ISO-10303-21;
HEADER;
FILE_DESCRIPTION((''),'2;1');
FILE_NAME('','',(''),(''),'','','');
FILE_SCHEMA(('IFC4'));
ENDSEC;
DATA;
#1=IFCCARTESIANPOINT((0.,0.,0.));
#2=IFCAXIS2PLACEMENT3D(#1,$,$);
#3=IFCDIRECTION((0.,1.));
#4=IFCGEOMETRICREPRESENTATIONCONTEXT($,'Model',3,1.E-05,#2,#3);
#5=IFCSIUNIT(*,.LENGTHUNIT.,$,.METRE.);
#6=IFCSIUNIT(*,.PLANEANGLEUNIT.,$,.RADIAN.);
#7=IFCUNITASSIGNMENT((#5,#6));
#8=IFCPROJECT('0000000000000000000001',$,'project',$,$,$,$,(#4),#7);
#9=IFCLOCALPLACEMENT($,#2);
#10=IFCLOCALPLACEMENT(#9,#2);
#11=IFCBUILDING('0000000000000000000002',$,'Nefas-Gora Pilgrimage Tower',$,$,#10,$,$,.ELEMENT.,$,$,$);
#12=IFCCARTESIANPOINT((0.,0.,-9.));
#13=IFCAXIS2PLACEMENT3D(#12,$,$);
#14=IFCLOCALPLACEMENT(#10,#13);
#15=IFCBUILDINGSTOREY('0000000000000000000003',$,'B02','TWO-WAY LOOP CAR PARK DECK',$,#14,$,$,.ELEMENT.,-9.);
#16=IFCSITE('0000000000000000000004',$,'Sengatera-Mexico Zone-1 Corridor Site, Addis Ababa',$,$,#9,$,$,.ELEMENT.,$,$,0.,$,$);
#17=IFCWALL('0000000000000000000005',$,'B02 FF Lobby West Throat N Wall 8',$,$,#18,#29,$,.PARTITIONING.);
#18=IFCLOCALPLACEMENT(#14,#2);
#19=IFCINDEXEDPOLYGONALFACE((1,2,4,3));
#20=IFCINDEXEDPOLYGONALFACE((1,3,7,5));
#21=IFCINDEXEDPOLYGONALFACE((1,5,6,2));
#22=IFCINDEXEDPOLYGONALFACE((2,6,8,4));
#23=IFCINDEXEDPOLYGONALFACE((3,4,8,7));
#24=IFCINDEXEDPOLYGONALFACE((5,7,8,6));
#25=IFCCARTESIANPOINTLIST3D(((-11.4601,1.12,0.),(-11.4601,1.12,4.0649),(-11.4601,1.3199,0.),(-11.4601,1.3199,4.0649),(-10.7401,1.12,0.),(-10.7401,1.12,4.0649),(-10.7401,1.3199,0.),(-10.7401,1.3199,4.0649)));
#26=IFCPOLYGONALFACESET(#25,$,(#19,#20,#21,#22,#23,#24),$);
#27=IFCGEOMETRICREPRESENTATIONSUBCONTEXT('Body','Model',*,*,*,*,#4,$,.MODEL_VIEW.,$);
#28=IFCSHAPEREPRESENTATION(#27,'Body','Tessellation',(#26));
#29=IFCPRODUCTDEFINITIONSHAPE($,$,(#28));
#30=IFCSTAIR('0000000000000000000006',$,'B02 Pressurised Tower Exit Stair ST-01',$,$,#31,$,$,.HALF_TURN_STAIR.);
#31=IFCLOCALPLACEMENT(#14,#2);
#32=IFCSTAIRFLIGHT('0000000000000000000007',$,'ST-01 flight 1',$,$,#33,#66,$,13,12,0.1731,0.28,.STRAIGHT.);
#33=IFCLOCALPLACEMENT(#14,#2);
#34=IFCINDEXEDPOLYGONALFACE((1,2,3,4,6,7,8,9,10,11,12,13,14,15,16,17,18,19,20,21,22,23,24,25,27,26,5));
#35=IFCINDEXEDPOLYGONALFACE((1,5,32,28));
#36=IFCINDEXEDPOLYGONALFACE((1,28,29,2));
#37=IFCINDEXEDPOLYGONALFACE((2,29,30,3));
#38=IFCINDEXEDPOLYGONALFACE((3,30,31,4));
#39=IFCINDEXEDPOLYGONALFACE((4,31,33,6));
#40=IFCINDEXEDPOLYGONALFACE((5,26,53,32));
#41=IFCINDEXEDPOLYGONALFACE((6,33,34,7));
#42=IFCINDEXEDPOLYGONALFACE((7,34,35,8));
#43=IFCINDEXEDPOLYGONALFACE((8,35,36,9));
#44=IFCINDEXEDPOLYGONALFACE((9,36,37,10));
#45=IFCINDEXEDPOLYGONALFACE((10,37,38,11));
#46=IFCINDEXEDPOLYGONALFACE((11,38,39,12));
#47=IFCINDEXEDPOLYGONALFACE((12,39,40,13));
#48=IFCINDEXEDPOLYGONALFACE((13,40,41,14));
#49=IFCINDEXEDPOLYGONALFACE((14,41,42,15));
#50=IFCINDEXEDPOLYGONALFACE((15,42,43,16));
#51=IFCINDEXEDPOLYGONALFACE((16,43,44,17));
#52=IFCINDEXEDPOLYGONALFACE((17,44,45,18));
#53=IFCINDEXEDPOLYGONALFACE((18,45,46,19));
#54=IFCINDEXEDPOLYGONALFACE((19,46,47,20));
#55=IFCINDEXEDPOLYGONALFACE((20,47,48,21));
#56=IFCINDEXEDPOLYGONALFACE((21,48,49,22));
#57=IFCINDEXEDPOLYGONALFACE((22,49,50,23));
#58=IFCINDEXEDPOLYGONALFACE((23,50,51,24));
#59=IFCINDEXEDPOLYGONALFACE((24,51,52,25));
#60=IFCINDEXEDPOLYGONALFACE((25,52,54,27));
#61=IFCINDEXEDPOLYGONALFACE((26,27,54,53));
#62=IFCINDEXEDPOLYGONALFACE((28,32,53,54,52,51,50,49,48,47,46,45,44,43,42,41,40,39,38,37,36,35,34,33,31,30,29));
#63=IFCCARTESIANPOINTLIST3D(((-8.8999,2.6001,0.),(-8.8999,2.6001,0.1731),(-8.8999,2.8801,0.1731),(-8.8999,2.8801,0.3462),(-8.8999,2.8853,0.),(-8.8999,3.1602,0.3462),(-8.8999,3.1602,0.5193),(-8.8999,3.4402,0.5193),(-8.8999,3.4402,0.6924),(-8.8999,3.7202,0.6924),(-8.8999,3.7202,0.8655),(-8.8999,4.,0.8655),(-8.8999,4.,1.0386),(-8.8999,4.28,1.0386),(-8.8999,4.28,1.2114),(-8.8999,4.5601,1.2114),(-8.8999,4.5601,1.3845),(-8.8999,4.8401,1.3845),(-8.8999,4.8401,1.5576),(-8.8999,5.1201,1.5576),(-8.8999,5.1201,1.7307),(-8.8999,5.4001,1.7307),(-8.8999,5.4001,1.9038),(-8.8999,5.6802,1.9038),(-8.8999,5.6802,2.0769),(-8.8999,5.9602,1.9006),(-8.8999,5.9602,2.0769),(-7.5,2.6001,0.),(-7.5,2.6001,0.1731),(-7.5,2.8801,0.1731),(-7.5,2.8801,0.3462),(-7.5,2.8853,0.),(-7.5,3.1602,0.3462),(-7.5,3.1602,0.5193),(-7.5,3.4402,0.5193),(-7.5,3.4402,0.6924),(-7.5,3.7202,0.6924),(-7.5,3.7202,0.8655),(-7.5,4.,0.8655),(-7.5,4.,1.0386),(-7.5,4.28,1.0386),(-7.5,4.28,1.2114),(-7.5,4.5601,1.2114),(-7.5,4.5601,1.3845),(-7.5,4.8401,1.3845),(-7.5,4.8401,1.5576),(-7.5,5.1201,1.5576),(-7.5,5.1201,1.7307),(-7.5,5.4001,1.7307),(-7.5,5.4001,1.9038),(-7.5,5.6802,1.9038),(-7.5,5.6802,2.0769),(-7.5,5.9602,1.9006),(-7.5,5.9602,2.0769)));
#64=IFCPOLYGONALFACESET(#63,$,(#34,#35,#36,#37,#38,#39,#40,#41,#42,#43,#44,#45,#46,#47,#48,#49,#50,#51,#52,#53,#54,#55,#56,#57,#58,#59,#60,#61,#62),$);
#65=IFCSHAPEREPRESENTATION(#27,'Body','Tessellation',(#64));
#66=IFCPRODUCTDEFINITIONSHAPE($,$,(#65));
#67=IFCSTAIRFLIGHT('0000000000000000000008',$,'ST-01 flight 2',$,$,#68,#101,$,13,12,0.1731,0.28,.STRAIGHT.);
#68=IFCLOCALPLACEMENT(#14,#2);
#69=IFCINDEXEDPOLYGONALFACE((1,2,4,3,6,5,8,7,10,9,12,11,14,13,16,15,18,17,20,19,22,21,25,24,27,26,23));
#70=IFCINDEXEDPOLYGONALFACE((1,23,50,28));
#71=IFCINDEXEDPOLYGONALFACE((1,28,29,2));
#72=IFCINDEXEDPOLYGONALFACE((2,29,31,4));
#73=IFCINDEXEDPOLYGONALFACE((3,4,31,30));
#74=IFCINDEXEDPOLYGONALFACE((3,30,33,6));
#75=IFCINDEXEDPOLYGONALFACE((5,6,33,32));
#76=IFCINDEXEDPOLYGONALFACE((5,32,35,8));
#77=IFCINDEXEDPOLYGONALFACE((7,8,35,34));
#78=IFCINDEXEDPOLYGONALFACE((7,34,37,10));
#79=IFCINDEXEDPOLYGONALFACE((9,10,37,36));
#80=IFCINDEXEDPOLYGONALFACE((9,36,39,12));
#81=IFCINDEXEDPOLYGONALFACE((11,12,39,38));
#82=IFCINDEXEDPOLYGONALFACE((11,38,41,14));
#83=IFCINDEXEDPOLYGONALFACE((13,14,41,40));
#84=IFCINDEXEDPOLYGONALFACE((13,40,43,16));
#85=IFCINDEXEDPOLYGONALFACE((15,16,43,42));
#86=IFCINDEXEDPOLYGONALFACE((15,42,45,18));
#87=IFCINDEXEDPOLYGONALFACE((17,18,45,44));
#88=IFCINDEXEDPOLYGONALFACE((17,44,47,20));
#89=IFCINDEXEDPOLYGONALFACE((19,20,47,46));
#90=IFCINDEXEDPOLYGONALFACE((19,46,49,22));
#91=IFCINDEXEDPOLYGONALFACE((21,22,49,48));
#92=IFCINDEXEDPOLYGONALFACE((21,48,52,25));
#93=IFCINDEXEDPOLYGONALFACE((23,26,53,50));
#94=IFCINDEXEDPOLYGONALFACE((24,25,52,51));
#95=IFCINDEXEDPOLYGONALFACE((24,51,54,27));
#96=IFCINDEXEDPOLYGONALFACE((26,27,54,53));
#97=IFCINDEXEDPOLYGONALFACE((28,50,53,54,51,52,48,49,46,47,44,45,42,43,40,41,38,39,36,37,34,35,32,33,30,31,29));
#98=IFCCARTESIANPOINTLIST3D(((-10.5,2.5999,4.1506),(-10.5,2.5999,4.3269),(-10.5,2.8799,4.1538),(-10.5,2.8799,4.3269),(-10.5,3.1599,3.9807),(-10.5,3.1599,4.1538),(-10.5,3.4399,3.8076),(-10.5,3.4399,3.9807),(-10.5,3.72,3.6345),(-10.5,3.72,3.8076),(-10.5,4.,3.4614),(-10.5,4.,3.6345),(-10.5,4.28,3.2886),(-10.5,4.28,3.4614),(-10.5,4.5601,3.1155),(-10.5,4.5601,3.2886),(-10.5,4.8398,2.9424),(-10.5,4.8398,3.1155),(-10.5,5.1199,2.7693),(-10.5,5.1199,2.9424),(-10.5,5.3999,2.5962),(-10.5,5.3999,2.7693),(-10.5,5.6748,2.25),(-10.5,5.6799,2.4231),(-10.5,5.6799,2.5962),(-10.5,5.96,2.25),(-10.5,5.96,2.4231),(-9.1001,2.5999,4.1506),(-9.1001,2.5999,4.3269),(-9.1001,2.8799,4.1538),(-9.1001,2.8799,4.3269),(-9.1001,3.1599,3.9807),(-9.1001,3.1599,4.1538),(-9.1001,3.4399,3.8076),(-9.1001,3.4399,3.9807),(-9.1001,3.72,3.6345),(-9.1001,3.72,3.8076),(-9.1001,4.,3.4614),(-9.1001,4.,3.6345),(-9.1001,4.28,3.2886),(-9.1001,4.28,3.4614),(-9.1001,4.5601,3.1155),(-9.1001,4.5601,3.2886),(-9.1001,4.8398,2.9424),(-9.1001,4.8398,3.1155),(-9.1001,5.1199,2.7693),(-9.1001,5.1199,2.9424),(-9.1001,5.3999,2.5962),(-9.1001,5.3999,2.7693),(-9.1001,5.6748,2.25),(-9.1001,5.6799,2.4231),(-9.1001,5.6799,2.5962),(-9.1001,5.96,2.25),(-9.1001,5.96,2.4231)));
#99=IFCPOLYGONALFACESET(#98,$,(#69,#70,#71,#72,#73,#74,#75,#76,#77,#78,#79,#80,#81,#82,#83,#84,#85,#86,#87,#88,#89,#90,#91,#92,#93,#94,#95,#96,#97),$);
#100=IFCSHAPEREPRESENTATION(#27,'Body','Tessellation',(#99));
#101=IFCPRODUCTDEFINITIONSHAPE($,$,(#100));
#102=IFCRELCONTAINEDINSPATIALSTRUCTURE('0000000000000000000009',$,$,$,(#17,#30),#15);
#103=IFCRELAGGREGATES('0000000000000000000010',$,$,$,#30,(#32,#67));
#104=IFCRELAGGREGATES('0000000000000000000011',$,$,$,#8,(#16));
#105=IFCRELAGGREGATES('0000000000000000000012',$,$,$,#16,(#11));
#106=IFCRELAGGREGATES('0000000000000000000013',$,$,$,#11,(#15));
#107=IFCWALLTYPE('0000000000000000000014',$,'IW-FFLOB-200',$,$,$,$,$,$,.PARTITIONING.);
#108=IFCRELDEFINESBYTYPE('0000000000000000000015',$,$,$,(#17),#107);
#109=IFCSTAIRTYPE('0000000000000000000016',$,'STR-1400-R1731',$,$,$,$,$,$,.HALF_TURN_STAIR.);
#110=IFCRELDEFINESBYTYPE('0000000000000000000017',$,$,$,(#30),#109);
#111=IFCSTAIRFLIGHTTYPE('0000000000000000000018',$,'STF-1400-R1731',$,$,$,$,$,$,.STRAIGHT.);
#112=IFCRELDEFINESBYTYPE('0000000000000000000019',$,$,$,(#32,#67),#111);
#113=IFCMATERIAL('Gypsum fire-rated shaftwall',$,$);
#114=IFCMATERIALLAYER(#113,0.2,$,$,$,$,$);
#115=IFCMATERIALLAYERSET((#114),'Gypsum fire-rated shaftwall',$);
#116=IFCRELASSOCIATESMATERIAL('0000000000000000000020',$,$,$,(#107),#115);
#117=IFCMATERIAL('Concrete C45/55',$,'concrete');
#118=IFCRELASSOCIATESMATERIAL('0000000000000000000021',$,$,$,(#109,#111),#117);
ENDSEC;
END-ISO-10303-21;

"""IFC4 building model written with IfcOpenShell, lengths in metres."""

from ifc_helpers import new_model, si_unit, direction, frame, frame_2d, origin, place, context, subcontext, project, spatial, polyline, rectangle, outline, extrude, source, transform, mapped, material, layer, layer_set, type_object, element, aggregate, save


model = new_model("IFC4")

# Units and contexts
model_context = context("Model", 3, precision=1e-05, world=origin(), true_north=direction((0.0, 1.0)))
body_context = subcontext(model_context, "Body", "Model", "MODEL_VIEW")
ifc_project = project(units=[si_unit("LENGTHUNIT", "METRE"), si_unit("PLANEANGLEUNIT", "RADIAN")], contexts=[model_context])

# Site, building, storey
site_placement = place(None, origin())
site = spatial("IfcSite", under=ifc_project, at=site_placement, Name="Sengatera-Mexico Zone-1 Corridor Site, Addis Ababa", CompositionType="ELEMENT", RefElevation=0.0)
building_placement = place(site_placement, origin())
building = spatial("IfcBuilding", under=site, at=building_placement, Name="Nefas-Gora Pilgrimage Tower", CompositionType="ELEMENT")
storey_placement = place(building_placement, frame((0.0, 0.0, -9.0)))
storey = spatial("IfcBuildingStorey", under=building, at=storey_placement, Name="B02", Description="TWO-WAY LOOP CAR PARK DECK", CompositionType="ELEMENT", Elevation=-9.0)

# Shared definitions
ifc_material_1 = material(Name="Concrete C45/55", Category="concrete")

# Wall
ifc_material_2 = material(Name="Gypsum fire-rated shaftwall")
ifc_layer_1 = layer(ifc_material_2, 0.2)
ifc_layer_set_1 = layer_set([ifc_layer_1], Name="Gypsum fire-rated shaftwall")
wall_type_1 = type_object("IfcWallType", Name="IW-FFLOB-200", PredefinedType="PARTITIONING", material=ifc_layer_set_1)
shared_shape_1 = source(origin(), body_context, "Body", "SweptSolid", [
    extrude(rectangle(XDim=0.72, YDim=0.2, at=frame_2d((0.3599, 0.0))), origin(), (0.0, 0.0, 1.0), 4.0649),
])
wall_1_placement = place(storey_placement, frame((-11.46, 1.22, 0.0), z_axis=(0.0, 0.0, 1.0), x_axis=(1.0, 0.0, 0.0)))
element("IfcWall", 1, at=wall_1_placement, inside=storey, type_object=wall_type_1, Name="B02 FF Lobby West Throat N Wall 8", PredefinedType="PARTITIONING", context=body_context, shape_type="MappedRepresentation", body=[
    mapped(shared_shape_1, transform((0.0, 0.0, 0.0), x_axis=(1.0, 0.0, 0.0), y_axis=(0.0, 1.0, 0.0), z_axis=(0.0, 0.0, 1.0), scale=1.0)),
])

# Stair, stair flights
stair_type = type_object("IfcStairType", Name="STR-1400-R1731", PredefinedType="HALF_TURN_STAIR", material=ifc_material_1)
stair_placement = place(storey_placement, origin())
stair = element("IfcStair", 2, at=stair_placement, inside=storey, type_object=stair_type, Name="B02 Pressurised Tower Exit Stair ST-01", PredefinedType="HALF_TURN_STAIR")
stair_flight_type = type_object("IfcStairFlightType", Name="STF-1400-R1731", PredefinedType="STRAIGHT", material=ifc_material_1)
shared_shape_2 = source(origin(), body_context, "Body", "SweptSolid", [
    extrude(outline(polyline([(0.0, 0.0), (0.0, 0.1731), (0.28, 0.1731), (0.28, 0.3462), (0.5601, 0.3462), (0.5601, 0.5193), (0.8401, 0.5193), (0.8401, 0.6924), (1.1201, 0.6924), (1.1201, 0.8655), (1.3999, 0.8655), (1.3999, 1.0386), (1.6799, 1.0386), (1.6799, 1.2114), (1.96, 1.2114), (1.96, 1.3845), (2.24, 1.3845), (2.24, 1.5576), (2.52, 1.5576), (2.52, 1.7307), (2.8, 1.7307), (2.8, 1.9038), (3.0801, 1.9038), (3.0801, 2.0769), (3.3601, 2.0769), (3.3601, 2.25), (3.3601, 1.9006), (0.2852, 0.0), (0.0, 0.0)])), frame((0.0, 0.7, 0.0), z_axis=(0.0, -1.0, 0.0), x_axis=(1.0, 0.0, 0.0)), (0.0, 0.0, 1.0), 1.3999),
])
stair_flight_1_placement = place(storey_placement, frame((-8.2, 2.6001, 0.0), z_axis=(0.0, 0.0, 1.0), x_axis=(0.0, 1.0, 0.0)))
stair_flight_1 = element("IfcStairFlight", 3, at=stair_flight_1_placement, type_object=stair_flight_type, Name="ST-01 flight 1", NumberOfRisers=13, NumberOfTreads=12, PredefinedType="STRAIGHT", RiserHeight=0.1731, TreadLength=0.28, context=body_context, shape_type="MappedRepresentation", body=[
    mapped(shared_shape_2, transform((0.0, 0.0, 0.0), x_axis=(1.0, 0.0, 0.0), y_axis=(0.0, 1.0, 0.0), z_axis=(0.0, 0.0, 1.0), scale=1.0)),
])
stair_flight_2_placement = place(storey_placement, frame((-9.8, 5.96, 2.25), z_axis=(0.0, 0.0, 1.0), x_axis=(0.0, -1.0, 0.0)))
stair_flight_2 = element("IfcStairFlight", 4, at=stair_flight_2_placement, type_object=stair_flight_type, Name="ST-01 flight 2", NumberOfRisers=13, NumberOfTreads=12, PredefinedType="STRAIGHT", RiserHeight=0.1731, TreadLength=0.28, context=body_context, shape_type="MappedRepresentation", body=[
    mapped(shared_shape_2, transform((0.0, 0.0, 0.0), x_axis=(1.0, 0.0, 0.0), y_axis=(0.0, 1.0, 0.0), z_axis=(0.0, 0.0, 1.0), scale=1.0)),
])
aggregate(stair, [stair_flight_1, stair_flight_2])

save(model, "model.ifc")
